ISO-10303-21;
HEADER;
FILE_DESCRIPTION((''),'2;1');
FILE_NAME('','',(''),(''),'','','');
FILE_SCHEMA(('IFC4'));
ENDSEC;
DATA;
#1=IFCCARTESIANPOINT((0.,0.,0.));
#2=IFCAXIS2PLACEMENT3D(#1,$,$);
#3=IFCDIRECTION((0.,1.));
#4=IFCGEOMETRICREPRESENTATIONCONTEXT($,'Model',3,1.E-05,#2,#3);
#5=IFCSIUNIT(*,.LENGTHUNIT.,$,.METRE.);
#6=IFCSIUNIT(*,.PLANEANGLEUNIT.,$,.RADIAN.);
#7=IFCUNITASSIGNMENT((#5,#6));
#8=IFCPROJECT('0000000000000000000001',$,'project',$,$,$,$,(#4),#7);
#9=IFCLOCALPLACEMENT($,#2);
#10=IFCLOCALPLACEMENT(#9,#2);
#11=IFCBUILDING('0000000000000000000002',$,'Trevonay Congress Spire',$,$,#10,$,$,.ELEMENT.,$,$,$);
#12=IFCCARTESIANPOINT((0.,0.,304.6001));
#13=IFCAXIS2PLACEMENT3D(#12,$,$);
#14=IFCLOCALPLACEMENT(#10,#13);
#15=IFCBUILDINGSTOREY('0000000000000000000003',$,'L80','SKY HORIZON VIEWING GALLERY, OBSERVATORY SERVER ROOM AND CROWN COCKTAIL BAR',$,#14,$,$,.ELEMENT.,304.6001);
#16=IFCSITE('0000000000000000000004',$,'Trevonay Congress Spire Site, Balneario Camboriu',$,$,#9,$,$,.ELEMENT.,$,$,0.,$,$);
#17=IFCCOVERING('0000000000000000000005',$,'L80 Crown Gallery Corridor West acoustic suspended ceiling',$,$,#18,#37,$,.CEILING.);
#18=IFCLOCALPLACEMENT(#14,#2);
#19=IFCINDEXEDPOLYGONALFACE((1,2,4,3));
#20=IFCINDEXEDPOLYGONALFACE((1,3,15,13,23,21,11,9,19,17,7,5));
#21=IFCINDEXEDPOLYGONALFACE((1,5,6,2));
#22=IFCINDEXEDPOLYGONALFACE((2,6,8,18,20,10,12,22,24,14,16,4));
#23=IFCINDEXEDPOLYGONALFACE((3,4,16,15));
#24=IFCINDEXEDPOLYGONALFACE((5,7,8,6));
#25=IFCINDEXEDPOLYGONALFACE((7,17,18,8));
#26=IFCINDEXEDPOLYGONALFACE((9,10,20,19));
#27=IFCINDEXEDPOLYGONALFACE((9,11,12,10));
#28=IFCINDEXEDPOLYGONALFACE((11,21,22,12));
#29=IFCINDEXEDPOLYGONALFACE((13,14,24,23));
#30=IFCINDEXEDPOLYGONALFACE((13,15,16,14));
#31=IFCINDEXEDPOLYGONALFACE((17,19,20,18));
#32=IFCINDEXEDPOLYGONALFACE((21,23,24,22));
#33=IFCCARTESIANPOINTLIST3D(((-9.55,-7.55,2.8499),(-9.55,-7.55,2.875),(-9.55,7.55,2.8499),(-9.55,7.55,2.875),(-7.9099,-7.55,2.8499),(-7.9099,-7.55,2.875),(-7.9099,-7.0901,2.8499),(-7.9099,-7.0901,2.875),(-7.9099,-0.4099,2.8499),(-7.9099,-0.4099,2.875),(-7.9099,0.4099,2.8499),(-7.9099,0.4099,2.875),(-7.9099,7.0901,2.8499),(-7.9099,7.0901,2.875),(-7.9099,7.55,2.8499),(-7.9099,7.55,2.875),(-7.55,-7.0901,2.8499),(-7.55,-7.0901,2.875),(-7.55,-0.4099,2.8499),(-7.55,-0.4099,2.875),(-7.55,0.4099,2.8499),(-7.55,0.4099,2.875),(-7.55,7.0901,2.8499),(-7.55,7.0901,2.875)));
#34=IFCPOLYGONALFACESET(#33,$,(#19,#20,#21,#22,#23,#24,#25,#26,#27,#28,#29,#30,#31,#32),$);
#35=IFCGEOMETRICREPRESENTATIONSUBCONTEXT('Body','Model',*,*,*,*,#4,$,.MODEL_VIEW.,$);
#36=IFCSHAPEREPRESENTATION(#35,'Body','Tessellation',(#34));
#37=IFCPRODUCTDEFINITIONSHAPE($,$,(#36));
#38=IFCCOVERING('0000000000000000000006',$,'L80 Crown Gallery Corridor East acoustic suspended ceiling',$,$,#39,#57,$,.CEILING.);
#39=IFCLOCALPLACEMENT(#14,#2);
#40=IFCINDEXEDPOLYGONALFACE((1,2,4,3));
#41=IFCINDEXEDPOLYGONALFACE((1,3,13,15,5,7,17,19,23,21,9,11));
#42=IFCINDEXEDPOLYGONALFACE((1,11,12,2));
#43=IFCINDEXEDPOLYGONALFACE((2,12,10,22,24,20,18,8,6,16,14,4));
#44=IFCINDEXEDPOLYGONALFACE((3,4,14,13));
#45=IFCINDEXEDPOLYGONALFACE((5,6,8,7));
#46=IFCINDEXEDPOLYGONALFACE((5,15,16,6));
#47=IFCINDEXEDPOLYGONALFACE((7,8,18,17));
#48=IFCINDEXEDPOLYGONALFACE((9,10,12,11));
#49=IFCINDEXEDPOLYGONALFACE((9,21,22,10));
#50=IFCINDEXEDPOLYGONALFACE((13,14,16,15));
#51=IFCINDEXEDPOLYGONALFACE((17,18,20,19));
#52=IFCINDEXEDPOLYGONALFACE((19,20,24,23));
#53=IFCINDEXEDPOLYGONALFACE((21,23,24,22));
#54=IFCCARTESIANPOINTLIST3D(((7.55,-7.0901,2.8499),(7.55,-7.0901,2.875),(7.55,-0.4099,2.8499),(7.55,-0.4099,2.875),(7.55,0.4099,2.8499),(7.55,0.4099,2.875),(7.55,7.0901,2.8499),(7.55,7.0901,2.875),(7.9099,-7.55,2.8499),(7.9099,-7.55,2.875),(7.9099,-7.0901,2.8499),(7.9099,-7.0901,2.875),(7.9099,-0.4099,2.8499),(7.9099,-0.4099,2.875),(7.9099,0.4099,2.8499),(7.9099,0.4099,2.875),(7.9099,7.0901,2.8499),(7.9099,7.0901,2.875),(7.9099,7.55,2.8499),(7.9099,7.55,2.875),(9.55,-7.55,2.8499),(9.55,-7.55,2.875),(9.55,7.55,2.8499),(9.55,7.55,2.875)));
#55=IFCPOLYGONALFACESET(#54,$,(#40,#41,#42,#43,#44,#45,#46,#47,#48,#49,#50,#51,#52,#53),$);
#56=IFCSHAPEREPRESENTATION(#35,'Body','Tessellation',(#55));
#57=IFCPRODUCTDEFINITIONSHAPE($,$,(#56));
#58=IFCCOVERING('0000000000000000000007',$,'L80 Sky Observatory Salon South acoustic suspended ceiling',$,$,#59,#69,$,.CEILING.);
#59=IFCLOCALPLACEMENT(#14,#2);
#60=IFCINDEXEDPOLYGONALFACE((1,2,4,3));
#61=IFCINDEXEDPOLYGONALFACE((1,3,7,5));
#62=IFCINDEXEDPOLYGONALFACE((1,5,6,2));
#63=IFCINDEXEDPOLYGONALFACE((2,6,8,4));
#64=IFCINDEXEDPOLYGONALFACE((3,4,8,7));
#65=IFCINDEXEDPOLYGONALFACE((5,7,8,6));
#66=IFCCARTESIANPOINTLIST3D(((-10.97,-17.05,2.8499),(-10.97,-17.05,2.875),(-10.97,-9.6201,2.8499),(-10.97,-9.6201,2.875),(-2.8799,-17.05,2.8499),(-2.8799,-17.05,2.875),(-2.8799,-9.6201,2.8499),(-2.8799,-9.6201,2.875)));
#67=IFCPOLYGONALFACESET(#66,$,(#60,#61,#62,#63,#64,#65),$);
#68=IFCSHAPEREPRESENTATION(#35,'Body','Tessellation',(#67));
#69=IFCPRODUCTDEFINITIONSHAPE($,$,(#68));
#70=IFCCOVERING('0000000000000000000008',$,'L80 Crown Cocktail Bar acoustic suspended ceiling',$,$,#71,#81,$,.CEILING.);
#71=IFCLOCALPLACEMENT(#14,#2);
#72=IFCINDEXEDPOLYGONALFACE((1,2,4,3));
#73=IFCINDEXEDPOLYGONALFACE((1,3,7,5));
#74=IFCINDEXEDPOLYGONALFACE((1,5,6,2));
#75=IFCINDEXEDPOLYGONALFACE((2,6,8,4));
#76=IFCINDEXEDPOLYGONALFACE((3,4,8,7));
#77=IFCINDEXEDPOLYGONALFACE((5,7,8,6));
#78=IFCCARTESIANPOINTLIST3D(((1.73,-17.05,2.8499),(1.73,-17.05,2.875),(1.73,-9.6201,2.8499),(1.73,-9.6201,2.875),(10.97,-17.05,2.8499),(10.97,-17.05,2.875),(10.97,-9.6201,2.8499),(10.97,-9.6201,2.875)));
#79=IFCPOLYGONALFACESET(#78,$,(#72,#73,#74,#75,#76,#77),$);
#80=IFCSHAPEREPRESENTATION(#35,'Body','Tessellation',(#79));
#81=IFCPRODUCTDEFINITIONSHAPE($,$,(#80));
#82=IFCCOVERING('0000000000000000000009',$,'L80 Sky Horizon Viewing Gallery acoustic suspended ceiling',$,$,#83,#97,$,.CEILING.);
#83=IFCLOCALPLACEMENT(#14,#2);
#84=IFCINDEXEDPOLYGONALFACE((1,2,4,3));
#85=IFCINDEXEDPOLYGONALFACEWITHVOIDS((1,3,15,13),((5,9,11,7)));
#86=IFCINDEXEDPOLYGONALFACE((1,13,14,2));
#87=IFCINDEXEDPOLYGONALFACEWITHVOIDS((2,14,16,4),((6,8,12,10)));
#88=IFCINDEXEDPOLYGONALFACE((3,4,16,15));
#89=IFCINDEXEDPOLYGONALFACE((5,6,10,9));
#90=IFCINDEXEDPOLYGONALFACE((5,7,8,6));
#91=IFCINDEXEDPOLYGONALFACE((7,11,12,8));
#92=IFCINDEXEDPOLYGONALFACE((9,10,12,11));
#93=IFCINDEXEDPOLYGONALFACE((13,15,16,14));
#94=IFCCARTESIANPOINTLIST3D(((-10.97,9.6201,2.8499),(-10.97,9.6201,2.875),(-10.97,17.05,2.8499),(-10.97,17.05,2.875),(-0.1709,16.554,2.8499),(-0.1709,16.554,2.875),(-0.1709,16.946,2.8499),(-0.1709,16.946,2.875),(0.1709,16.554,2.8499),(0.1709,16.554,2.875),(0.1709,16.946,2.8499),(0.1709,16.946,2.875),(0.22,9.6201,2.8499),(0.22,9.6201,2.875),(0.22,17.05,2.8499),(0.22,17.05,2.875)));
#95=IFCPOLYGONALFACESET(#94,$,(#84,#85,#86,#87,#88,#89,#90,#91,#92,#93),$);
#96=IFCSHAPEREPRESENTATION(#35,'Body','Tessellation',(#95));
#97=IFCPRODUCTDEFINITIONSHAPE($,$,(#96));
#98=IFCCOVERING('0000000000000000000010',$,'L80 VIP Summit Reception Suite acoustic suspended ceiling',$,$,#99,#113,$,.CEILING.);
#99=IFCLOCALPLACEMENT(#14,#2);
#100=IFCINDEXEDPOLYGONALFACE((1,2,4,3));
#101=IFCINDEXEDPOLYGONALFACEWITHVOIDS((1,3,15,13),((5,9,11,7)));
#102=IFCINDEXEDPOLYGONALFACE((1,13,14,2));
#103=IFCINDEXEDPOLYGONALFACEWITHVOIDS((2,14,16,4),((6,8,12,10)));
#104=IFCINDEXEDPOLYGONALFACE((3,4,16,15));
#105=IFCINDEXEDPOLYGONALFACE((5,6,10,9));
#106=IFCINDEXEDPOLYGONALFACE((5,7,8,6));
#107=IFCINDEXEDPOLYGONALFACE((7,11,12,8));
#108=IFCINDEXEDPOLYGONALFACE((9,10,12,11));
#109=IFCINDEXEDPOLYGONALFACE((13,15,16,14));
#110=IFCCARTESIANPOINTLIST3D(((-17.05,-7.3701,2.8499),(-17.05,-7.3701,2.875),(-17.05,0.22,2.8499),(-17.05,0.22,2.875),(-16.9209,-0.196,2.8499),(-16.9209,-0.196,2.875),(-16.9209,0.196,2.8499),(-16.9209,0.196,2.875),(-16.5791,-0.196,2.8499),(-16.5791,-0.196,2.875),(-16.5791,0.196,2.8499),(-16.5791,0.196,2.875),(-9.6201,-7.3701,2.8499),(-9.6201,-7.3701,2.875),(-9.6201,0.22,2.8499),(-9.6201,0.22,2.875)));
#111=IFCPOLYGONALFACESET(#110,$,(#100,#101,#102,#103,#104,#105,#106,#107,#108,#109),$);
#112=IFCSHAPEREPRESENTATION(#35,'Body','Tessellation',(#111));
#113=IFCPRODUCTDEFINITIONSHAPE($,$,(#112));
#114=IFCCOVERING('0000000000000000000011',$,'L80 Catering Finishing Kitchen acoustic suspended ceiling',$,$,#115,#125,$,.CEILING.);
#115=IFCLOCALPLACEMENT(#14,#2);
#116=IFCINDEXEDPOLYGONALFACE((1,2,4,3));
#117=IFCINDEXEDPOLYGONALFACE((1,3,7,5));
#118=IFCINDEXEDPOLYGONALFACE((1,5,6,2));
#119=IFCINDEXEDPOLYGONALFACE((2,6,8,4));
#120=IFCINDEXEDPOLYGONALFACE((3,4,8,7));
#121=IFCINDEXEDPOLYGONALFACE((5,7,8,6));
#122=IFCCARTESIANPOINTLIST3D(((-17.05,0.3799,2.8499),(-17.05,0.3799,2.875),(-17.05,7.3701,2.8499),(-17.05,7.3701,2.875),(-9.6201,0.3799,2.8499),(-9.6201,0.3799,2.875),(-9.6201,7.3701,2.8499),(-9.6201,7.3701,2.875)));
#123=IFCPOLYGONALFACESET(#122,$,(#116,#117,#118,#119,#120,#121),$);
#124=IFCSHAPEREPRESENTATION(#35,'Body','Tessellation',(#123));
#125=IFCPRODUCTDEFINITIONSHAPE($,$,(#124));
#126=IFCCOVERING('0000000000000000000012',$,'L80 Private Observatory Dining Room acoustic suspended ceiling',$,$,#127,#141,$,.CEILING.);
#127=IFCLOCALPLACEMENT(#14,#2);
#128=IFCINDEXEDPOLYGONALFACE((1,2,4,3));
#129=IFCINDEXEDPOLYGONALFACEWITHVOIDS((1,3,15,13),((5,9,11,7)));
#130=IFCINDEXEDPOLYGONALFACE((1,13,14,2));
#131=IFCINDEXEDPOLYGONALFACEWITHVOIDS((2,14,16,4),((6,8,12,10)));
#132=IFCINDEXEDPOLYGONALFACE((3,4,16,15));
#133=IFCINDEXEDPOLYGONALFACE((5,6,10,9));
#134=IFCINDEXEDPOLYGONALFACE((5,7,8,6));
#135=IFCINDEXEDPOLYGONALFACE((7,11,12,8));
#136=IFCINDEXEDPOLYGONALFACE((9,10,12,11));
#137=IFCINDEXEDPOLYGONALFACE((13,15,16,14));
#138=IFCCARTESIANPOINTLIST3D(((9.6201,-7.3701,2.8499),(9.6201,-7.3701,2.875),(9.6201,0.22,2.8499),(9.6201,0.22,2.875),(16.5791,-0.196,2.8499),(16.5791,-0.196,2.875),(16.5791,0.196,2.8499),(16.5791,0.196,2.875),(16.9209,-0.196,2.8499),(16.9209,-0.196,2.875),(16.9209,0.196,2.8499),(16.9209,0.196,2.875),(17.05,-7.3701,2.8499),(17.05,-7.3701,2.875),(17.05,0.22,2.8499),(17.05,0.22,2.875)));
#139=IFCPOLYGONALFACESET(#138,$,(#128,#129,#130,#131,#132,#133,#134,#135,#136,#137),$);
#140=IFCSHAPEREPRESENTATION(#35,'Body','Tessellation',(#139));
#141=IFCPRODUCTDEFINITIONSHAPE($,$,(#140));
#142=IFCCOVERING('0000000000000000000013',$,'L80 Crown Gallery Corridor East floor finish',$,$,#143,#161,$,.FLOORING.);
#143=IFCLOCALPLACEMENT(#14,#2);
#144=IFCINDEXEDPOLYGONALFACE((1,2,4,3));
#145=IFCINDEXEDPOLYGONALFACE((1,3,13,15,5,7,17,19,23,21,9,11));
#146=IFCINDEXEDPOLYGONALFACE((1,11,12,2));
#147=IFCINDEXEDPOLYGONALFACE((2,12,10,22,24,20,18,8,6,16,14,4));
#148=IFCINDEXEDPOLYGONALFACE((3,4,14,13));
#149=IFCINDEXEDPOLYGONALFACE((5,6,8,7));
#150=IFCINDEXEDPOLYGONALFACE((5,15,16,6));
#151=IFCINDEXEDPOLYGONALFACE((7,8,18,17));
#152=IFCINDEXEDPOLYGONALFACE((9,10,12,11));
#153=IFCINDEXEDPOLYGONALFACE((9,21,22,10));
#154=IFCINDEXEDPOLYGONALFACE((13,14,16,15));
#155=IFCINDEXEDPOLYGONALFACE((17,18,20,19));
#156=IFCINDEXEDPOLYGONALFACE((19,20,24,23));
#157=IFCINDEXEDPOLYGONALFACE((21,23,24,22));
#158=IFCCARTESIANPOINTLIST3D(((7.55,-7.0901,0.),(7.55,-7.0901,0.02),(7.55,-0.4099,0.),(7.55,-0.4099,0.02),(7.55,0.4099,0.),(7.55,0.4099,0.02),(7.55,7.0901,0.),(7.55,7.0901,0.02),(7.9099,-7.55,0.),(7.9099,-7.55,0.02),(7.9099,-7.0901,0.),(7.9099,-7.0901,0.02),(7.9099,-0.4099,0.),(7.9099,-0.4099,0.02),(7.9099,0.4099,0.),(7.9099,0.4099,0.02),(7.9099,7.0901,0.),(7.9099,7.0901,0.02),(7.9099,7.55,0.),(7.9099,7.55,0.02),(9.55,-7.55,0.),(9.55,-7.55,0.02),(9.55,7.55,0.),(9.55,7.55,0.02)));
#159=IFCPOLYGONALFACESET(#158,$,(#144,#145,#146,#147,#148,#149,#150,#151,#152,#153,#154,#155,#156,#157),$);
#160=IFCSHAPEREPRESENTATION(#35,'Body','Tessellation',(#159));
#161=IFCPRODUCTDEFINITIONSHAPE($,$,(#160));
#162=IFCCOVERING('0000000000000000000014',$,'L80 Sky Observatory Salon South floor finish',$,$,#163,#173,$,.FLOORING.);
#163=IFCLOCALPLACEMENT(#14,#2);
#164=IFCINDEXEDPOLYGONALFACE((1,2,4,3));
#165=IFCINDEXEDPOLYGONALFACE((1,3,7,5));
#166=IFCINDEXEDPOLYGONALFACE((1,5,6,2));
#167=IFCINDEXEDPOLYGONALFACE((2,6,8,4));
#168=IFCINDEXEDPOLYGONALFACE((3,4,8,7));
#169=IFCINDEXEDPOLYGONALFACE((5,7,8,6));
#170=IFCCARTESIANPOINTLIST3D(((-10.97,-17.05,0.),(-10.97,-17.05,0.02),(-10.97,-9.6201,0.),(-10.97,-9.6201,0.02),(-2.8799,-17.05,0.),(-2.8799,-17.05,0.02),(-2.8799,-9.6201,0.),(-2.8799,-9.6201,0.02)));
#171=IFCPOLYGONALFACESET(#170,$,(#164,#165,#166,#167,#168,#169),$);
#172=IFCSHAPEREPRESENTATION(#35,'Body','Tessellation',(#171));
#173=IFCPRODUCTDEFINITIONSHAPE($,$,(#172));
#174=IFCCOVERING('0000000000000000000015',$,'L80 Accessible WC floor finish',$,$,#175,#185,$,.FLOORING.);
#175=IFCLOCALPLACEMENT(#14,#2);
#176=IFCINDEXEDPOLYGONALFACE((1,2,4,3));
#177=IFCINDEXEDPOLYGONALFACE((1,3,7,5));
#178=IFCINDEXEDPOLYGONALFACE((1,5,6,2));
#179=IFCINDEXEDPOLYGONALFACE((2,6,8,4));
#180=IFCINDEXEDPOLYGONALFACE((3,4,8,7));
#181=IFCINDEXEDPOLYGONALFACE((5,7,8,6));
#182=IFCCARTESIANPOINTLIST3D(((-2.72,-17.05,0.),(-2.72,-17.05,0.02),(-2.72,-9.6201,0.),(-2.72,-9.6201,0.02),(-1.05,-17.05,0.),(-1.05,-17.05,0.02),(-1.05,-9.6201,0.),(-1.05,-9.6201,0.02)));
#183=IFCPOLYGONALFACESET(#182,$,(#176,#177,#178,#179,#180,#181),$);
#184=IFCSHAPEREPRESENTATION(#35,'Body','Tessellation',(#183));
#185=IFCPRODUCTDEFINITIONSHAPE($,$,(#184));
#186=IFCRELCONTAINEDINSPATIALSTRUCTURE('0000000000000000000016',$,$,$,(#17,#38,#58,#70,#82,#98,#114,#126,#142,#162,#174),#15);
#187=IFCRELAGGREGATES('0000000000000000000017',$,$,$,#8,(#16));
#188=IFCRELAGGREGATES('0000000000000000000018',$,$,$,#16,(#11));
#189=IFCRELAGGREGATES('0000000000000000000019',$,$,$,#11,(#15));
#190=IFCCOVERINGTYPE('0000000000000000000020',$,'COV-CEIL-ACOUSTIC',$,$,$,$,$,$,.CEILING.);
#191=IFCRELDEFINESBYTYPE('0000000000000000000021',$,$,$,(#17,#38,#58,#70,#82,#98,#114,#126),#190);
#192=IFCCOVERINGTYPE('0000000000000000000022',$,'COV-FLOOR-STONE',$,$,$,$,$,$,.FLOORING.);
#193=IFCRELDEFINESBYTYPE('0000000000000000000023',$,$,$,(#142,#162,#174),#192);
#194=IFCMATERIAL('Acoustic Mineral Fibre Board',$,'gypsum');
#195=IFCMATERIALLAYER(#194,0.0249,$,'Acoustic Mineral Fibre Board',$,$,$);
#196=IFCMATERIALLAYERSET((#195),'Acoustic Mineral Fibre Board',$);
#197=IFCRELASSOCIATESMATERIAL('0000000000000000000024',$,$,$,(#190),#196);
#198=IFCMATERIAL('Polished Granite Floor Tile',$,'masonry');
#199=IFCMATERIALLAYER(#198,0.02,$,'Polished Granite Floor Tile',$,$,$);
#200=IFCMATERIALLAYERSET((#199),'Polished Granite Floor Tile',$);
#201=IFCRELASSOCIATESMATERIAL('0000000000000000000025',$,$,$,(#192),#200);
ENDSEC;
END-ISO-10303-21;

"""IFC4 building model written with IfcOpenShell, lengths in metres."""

from ifc_helpers import new_model, si_unit, direction, frame, origin, place, context, subcontext, project, spatial, polyline, outline, extrude, material, layer, layer_set, type_object, element, save


model = new_model("IFC4")

# Units and contexts
model_context = context("Model", 3, precision=1e-05, world=origin(), true_north=direction((0.0, 1.0)))
body_context = subcontext(model_context, "Body", "Model", "MODEL_VIEW")
ifc_project = project(units=[si_unit("LENGTHUNIT", "METRE"), si_unit("PLANEANGLEUNIT", "RADIAN")], contexts=[model_context])

# Site, building, storey
site_placement = place(None, origin())
site = spatial("IfcSite", under=ifc_project, at=site_placement, Name="Trevonay Congress Spire Site, Balneario Camboriu", CompositionType="ELEMENT", RefElevation=0.0)
building_placement = place(site_placement, origin())
building = spatial("IfcBuilding", under=site, at=building_placement, Name="Trevonay Congress Spire", CompositionType="ELEMENT")
storey_placement = place(building_placement, frame((0.0, 0.0, 304.6001)))
storey = spatial("IfcBuildingStorey", under=building, at=storey_placement, Name="L80", Description="SKY HORIZON VIEWING GALLERY, OBSERVATORY SERVER ROOM AND CROWN COCKTAIL BAR", CompositionType="ELEMENT", Elevation=304.6001)

# Coverings
ifc_material_1 = material(Name="Acoustic Mineral Fibre Board", Category="gypsum")
ifc_layer_1 = layer(ifc_material_1, 0.0249, Name="Acoustic Mineral Fibre Board")
ifc_layer_set_1 = layer_set([ifc_layer_1], Name="Acoustic Mineral Fibre Board")
covering_type_1 = type_object("IfcCoveringType", Name="COV-CEIL-ACOUSTIC", PredefinedType="CEILING", material=ifc_layer_set_1)
covering_1_placement = place(storey_placement, frame((0.0, 0.0, 2.8499)))
element("IfcCovering", 1, at=covering_1_placement, inside=storey, type_object=covering_type_1, Name="L80 Crown Gallery Corridor West acoustic suspended ceiling", PredefinedType="CEILING", context=body_context, shape_type="SweptSolid", body=[
    extrude(outline(polyline([(-9.55, 7.55), (-7.9099, 7.55), (-7.9099, 7.0901), (-7.55, 7.0901), (-7.55, 0.4099), (-7.9099, 0.4099), (-7.9099, -0.4099), (-7.55, -0.4099), (-7.55, -7.0901), (-7.9099, -7.0901), (-7.9099, -7.55), (-9.55, -7.55), (-9.55, 7.55)])), origin(), (0.0, 0.0, 1.0), 0.0251),
])
covering_2_placement = place(storey_placement, frame((0.0, 0.0, 2.8499)))
element("IfcCovering", 2, at=covering_2_placement, inside=storey, type_object=covering_type_1, Name="L80 Crown Gallery Corridor East acoustic suspended ceiling", PredefinedType="CEILING", context=body_context, shape_type="SweptSolid", body=[
    extrude(outline(polyline([(9.55, -7.55), (7.9099, -7.55), (7.9099, -7.0901), (7.55, -7.0901), (7.55, -0.4099), (7.9099, -0.4099), (7.9099, 0.4099), (7.55, 0.4099), (7.55, 7.0901), (7.9099, 7.0901), (7.9099, 7.55), (9.55, 7.55), (9.55, -7.55)])), origin(), (0.0, 0.0, 1.0), 0.0251),
])
covering_3_placement = place(storey_placement, frame((0.0, 0.0, 2.8499)))
element("IfcCovering", 3, at=covering_3_placement, inside=storey, type_object=covering_type_1, Name="L80 Sky Observatory Salon South acoustic suspended ceiling", PredefinedType="CEILING", context=body_context, shape_type="SweptSolid", body=[
    extrude(outline(polyline([(-10.97, -17.05), (-2.8799, -17.05), (-2.8799, -9.6201), (-10.97, -9.6201), (-10.97, -17.05)])), origin(), (0.0, 0.0, 1.0), 0.0251),
])
covering_4_placement = place(storey_placement, frame((0.0, 0.0, 2.8499)))
element("IfcCovering", 4, at=covering_4_placement, inside=storey, type_object=covering_type_1, Name="L80 Crown Cocktail Bar acoustic suspended ceiling", PredefinedType="CEILING", context=body_context, shape_type="SweptSolid", body=[
    extrude(outline(polyline([(1.73, -17.05), (10.97, -17.05), (10.97, -9.6201), (1.73, -9.6201), (1.73, -17.05)])), origin(), (0.0, 0.0, 1.0), 0.0251),
])
covering_5_placement = place(storey_placement, frame((0.0, 0.0, 2.8499)))
element("IfcCovering", 5, at=covering_5_placement, inside=storey, type_object=covering_type_1, Name="L80 Sky Horizon Viewing Gallery acoustic suspended ceiling", PredefinedType="CEILING", context=body_context, shape_type="SweptSolid", body=[
    extrude(outline(polyline([(-10.97, 17.05), (0.22, 17.05), (0.22, 9.6201), (-10.97, 9.6201), (-10.97, 17.05)]), holes=[polyline([(0.1709, 16.554), (0.1709, 16.946), (-0.1709, 16.946), (-0.1709, 16.554), (0.1709, 16.554)])]), origin(), (0.0, 0.0, 1.0), 0.0251),
])
covering_6_placement = place(storey_placement, frame((0.0, 0.0, 2.8499)))
element("IfcCovering", 6, at=covering_6_placement, inside=storey, type_object=covering_type_1, Name="L80 VIP Summit Reception Suite acoustic suspended ceiling", PredefinedType="CEILING", context=body_context, shape_type="SweptSolid", body=[
    extrude(outline(polyline([(-17.05, 0.22), (-9.6201, 0.22), (-9.6201, -7.3701), (-17.05, -7.3701), (-17.05, 0.22)]), holes=[polyline([(-16.5791, -0.196), (-16.5791, 0.196), (-16.9209, 0.196), (-16.9209, -0.196), (-16.5791, -0.196)])]), origin(), (0.0, 0.0, 1.0), 0.0251),
])
covering_7_placement = place(storey_placement, frame((0.0, 0.0, 2.8499)))
element("IfcCovering", 7, at=covering_7_placement, inside=storey, type_object=covering_type_1, Name="L80 Catering Finishing Kitchen acoustic suspended ceiling", PredefinedType="CEILING", context=body_context, shape_type="SweptSolid", body=[
    extrude(outline(polyline([(-17.05, 0.3799), (-9.6201, 0.3799), (-9.6201, 7.3701), (-17.05, 7.3701), (-17.05, 0.3799)])), origin(), (0.0, 0.0, 1.0), 0.0251),
])
covering_8_placement = place(storey_placement, frame((0.0, 0.0, 2.8499)))
element("IfcCovering", 8, at=covering_8_placement, inside=storey, type_object=covering_type_1, Name="L80 Private Observatory Dining Room acoustic suspended ceiling", PredefinedType="CEILING", context=body_context, shape_type="SweptSolid", body=[
    extrude(outline(polyline([(9.6201, 0.22), (17.05, 0.22), (17.05, -7.3701), (9.6201, -7.3701), (9.6201, 0.22)]), holes=[polyline([(16.9209, -0.196), (16.9209, 0.196), (16.5791, 0.196), (16.5791, -0.196), (16.9209, -0.196)])]), origin(), (0.0, 0.0, 1.0), 0.0251),
])
ifc_material_2 = material(Name="Polished Granite Floor Tile", Category="masonry")
ifc_layer_2 = layer(ifc_material_2, 0.02, Name="Polished Granite Floor Tile")
ifc_layer_set_2 = layer_set([ifc_layer_2], Name="Polished Granite Floor Tile")
covering_type_2 = type_object("IfcCoveringType", Name="COV-FLOOR-STONE", PredefinedType="FLOORING", material=ifc_layer_set_2)
covering_9_placement = place(storey_placement, origin())
element("IfcCovering", 9, at=covering_9_placement, inside=storey, type_object=covering_type_2, Name="L80 Crown Gallery Corridor East floor finish", PredefinedType="FLOORING", context=body_context, shape_type="SweptSolid", body=[
    extrude(outline(polyline([(9.55, -7.55), (7.9099, -7.55), (7.9099, -7.0901), (7.55, -7.0901), (7.55, -0.4099), (7.9099, -0.4099), (7.9099, 0.4099), (7.55, 0.4099), (7.55, 7.0901), (7.9099, 7.0901), (7.9099, 7.55), (9.55, 7.55), (9.55, -7.55)])), origin(), (0.0, 0.0, 1.0), 0.02),
])
covering_10_placement = place(storey_placement, origin())
element("IfcCovering", 10, at=covering_10_placement, inside=storey, type_object=covering_type_2, Name="L80 Sky Observatory Salon South floor finish", PredefinedType="FLOORING", context=body_context, shape_type="SweptSolid", body=[
    extrude(outline(polyline([(-10.97, -17.05), (-2.8799, -17.05), (-2.8799, -9.6201), (-10.97, -9.6201), (-10.97, -17.05)])), origin(), (0.0, 0.0, 1.0), 0.02),
])
covering_11_placement = place(storey_placement, origin())
element("IfcCovering", 11, at=covering_11_placement, inside=storey, type_object=covering_type_2, Name="L80 Accessible WC floor finish", PredefinedType="FLOORING", context=body_context, shape_type="SweptSolid", body=[
    extrude(outline(polyline([(-2.72, -17.05), (-1.05, -17.05), (-1.05, -9.6201), (-2.72, -9.6201), (-2.72, -17.05)])), origin(), (0.0, 0.0, 1.0), 0.02),
])

save(model, "model.ifc")
